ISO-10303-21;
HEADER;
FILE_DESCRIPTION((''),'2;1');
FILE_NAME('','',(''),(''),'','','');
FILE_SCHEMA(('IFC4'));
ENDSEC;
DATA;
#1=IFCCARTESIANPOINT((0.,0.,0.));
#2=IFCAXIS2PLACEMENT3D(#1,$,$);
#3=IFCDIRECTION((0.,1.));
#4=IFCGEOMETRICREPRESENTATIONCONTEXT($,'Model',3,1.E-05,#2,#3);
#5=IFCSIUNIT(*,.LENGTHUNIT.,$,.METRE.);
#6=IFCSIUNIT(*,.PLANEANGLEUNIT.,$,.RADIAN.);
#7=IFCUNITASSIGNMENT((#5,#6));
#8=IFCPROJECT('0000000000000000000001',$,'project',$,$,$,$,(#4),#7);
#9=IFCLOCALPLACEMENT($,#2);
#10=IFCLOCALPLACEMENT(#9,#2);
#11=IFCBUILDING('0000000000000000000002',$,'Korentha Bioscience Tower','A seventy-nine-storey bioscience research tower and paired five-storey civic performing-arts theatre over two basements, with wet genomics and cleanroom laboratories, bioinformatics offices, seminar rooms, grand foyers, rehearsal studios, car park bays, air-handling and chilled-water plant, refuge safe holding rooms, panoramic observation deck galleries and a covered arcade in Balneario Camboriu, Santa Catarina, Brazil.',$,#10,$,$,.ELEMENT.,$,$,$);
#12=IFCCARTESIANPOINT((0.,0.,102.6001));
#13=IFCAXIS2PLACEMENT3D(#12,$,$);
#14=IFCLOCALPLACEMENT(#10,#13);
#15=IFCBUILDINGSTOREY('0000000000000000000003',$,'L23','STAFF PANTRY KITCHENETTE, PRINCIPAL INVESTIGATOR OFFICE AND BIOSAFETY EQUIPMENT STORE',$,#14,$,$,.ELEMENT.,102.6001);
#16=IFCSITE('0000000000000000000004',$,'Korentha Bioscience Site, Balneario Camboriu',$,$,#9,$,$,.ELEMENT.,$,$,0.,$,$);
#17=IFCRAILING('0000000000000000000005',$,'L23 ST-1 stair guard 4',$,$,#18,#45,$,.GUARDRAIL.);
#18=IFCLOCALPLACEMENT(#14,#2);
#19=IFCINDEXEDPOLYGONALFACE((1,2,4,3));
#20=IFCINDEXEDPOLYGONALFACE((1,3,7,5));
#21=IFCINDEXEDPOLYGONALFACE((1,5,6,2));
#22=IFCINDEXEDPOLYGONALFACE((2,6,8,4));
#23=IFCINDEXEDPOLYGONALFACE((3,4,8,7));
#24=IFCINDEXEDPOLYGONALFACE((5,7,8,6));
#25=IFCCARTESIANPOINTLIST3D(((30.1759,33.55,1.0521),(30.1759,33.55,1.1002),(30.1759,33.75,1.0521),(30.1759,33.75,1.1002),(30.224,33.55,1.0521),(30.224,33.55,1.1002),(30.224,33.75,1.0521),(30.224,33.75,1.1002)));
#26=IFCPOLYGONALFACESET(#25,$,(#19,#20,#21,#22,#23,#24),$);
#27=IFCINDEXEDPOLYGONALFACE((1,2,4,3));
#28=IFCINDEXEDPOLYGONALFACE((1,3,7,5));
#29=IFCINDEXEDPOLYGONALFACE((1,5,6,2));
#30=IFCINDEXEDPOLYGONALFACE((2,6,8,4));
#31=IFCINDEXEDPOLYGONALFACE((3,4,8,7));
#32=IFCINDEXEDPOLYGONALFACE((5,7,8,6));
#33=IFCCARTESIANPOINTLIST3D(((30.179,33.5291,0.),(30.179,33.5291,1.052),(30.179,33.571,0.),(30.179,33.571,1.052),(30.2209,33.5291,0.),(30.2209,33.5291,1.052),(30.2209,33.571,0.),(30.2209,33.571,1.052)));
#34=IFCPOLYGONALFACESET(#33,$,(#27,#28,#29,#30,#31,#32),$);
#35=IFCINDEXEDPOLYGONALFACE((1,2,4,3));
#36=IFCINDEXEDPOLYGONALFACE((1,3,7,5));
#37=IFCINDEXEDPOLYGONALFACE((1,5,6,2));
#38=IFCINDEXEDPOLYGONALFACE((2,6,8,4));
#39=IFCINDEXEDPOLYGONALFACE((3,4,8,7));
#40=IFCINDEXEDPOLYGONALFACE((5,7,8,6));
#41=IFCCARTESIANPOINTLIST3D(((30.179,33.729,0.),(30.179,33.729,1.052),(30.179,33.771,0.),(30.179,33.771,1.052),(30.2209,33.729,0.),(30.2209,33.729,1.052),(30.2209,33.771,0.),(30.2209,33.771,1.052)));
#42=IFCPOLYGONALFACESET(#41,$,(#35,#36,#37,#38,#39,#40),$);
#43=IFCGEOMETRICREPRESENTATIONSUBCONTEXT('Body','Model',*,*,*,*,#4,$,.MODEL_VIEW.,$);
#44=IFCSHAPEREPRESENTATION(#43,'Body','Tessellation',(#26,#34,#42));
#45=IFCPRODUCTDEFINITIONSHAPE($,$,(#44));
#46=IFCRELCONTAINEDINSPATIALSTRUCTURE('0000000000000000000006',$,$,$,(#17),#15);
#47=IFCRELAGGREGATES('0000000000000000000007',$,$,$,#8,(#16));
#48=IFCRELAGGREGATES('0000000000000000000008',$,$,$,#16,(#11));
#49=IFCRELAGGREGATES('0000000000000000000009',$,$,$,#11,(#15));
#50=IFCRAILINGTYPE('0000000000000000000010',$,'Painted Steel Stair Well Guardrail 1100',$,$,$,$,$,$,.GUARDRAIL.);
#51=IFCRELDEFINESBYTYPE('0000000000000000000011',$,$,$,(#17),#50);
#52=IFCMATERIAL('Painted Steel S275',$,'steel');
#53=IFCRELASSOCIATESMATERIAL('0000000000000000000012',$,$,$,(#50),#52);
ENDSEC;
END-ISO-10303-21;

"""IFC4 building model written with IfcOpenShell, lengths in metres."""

from ifc_helpers import new_model, si_unit, direction, frame, origin, origin_2d, place, context, subcontext, project, spatial, rectangle, extrude, material, type_object, element, save


model = new_model("IFC4")

# Units and contexts
model_context = context("Model", 3, precision=1e-05, world=origin(), true_north=direction((0.0, 1.0)))
body_context = subcontext(model_context, "Body", "Model", "MODEL_VIEW")
ifc_project = project(units=[si_unit("LENGTHUNIT", "METRE"), si_unit("PLANEANGLEUNIT", "RADIAN")], contexts=[model_context])

# Site, building, storey
site_placement = place(None, origin())
site = spatial("IfcSite", under=ifc_project, at=site_placement, Name="Korentha Bioscience Site, Balneario Camboriu", CompositionType="ELEMENT", RefElevation=0.0)
building_placement = place(site_placement, origin())
building = spatial("IfcBuilding", under=site, at=building_placement, Name="Korentha Bioscience Tower", Description="A seventy-nine-storey bioscience research tower and paired five-storey civic performing-arts theatre over two basements, with wet genomics and cleanroom laboratories, bioinformatics offices, seminar rooms, grand foyers, rehearsal studios, car park bays, air-handling and chilled-water plant, refuge safe holding rooms, panoramic observation deck galleries and a covered arcade in Balneario Camboriu, Santa Catarina, Brazil.", CompositionType="ELEMENT")
storey_placement = place(building_placement, frame((0.0, 0.0, 102.6001)))
storey = spatial("IfcBuildingStorey", under=building, at=storey_placement, Name="L23", Description="STAFF PANTRY KITCHENETTE, PRINCIPAL INVESTIGATOR OFFICE AND BIOSAFETY EQUIPMENT STORE", CompositionType="ELEMENT", Elevation=102.6001)

# Railing
ifc_material_1 = material(Name="Painted Steel S275", Category="steel")
railing_type_1 = type_object("IfcRailingType", Name="Painted Steel Stair Well Guardrail 1100", PredefinedType="GUARDRAIL", material=ifc_material_1)
railing_1_placement = place(storey_placement, frame((30.2, 33.55, 0.0)))
element("IfcRailing", 1, at=railing_1_placement, inside=storey, type_object=railing_type_1, Name="L23 ST-1 stair guard 4", PredefinedType="GUARDRAIL", context=body_context, shape_type="SweptSolid", body=[
    extrude(rectangle(XDim=0.0481, YDim=0.0481, at=origin_2d()), frame((0.0, 0.0, 1.0762), z_axis=(0.0, 1.0, 0.0), x_axis=(-1.0, 0.0, 0.0)), (0.0, 0.0, 1.0), 0.2),
    extrude(rectangle(XDim=0.042, YDim=0.042, at=origin_2d()), origin(), (0.0, 0.0, 1.0), 1.052),
    extrude(rectangle(XDim=0.042, YDim=0.042, at=origin_2d()), frame((0.0, 0.2, 0.0)), (0.0, 0.0, 1.0), 1.052),
])

save(model, "model.ifc")
